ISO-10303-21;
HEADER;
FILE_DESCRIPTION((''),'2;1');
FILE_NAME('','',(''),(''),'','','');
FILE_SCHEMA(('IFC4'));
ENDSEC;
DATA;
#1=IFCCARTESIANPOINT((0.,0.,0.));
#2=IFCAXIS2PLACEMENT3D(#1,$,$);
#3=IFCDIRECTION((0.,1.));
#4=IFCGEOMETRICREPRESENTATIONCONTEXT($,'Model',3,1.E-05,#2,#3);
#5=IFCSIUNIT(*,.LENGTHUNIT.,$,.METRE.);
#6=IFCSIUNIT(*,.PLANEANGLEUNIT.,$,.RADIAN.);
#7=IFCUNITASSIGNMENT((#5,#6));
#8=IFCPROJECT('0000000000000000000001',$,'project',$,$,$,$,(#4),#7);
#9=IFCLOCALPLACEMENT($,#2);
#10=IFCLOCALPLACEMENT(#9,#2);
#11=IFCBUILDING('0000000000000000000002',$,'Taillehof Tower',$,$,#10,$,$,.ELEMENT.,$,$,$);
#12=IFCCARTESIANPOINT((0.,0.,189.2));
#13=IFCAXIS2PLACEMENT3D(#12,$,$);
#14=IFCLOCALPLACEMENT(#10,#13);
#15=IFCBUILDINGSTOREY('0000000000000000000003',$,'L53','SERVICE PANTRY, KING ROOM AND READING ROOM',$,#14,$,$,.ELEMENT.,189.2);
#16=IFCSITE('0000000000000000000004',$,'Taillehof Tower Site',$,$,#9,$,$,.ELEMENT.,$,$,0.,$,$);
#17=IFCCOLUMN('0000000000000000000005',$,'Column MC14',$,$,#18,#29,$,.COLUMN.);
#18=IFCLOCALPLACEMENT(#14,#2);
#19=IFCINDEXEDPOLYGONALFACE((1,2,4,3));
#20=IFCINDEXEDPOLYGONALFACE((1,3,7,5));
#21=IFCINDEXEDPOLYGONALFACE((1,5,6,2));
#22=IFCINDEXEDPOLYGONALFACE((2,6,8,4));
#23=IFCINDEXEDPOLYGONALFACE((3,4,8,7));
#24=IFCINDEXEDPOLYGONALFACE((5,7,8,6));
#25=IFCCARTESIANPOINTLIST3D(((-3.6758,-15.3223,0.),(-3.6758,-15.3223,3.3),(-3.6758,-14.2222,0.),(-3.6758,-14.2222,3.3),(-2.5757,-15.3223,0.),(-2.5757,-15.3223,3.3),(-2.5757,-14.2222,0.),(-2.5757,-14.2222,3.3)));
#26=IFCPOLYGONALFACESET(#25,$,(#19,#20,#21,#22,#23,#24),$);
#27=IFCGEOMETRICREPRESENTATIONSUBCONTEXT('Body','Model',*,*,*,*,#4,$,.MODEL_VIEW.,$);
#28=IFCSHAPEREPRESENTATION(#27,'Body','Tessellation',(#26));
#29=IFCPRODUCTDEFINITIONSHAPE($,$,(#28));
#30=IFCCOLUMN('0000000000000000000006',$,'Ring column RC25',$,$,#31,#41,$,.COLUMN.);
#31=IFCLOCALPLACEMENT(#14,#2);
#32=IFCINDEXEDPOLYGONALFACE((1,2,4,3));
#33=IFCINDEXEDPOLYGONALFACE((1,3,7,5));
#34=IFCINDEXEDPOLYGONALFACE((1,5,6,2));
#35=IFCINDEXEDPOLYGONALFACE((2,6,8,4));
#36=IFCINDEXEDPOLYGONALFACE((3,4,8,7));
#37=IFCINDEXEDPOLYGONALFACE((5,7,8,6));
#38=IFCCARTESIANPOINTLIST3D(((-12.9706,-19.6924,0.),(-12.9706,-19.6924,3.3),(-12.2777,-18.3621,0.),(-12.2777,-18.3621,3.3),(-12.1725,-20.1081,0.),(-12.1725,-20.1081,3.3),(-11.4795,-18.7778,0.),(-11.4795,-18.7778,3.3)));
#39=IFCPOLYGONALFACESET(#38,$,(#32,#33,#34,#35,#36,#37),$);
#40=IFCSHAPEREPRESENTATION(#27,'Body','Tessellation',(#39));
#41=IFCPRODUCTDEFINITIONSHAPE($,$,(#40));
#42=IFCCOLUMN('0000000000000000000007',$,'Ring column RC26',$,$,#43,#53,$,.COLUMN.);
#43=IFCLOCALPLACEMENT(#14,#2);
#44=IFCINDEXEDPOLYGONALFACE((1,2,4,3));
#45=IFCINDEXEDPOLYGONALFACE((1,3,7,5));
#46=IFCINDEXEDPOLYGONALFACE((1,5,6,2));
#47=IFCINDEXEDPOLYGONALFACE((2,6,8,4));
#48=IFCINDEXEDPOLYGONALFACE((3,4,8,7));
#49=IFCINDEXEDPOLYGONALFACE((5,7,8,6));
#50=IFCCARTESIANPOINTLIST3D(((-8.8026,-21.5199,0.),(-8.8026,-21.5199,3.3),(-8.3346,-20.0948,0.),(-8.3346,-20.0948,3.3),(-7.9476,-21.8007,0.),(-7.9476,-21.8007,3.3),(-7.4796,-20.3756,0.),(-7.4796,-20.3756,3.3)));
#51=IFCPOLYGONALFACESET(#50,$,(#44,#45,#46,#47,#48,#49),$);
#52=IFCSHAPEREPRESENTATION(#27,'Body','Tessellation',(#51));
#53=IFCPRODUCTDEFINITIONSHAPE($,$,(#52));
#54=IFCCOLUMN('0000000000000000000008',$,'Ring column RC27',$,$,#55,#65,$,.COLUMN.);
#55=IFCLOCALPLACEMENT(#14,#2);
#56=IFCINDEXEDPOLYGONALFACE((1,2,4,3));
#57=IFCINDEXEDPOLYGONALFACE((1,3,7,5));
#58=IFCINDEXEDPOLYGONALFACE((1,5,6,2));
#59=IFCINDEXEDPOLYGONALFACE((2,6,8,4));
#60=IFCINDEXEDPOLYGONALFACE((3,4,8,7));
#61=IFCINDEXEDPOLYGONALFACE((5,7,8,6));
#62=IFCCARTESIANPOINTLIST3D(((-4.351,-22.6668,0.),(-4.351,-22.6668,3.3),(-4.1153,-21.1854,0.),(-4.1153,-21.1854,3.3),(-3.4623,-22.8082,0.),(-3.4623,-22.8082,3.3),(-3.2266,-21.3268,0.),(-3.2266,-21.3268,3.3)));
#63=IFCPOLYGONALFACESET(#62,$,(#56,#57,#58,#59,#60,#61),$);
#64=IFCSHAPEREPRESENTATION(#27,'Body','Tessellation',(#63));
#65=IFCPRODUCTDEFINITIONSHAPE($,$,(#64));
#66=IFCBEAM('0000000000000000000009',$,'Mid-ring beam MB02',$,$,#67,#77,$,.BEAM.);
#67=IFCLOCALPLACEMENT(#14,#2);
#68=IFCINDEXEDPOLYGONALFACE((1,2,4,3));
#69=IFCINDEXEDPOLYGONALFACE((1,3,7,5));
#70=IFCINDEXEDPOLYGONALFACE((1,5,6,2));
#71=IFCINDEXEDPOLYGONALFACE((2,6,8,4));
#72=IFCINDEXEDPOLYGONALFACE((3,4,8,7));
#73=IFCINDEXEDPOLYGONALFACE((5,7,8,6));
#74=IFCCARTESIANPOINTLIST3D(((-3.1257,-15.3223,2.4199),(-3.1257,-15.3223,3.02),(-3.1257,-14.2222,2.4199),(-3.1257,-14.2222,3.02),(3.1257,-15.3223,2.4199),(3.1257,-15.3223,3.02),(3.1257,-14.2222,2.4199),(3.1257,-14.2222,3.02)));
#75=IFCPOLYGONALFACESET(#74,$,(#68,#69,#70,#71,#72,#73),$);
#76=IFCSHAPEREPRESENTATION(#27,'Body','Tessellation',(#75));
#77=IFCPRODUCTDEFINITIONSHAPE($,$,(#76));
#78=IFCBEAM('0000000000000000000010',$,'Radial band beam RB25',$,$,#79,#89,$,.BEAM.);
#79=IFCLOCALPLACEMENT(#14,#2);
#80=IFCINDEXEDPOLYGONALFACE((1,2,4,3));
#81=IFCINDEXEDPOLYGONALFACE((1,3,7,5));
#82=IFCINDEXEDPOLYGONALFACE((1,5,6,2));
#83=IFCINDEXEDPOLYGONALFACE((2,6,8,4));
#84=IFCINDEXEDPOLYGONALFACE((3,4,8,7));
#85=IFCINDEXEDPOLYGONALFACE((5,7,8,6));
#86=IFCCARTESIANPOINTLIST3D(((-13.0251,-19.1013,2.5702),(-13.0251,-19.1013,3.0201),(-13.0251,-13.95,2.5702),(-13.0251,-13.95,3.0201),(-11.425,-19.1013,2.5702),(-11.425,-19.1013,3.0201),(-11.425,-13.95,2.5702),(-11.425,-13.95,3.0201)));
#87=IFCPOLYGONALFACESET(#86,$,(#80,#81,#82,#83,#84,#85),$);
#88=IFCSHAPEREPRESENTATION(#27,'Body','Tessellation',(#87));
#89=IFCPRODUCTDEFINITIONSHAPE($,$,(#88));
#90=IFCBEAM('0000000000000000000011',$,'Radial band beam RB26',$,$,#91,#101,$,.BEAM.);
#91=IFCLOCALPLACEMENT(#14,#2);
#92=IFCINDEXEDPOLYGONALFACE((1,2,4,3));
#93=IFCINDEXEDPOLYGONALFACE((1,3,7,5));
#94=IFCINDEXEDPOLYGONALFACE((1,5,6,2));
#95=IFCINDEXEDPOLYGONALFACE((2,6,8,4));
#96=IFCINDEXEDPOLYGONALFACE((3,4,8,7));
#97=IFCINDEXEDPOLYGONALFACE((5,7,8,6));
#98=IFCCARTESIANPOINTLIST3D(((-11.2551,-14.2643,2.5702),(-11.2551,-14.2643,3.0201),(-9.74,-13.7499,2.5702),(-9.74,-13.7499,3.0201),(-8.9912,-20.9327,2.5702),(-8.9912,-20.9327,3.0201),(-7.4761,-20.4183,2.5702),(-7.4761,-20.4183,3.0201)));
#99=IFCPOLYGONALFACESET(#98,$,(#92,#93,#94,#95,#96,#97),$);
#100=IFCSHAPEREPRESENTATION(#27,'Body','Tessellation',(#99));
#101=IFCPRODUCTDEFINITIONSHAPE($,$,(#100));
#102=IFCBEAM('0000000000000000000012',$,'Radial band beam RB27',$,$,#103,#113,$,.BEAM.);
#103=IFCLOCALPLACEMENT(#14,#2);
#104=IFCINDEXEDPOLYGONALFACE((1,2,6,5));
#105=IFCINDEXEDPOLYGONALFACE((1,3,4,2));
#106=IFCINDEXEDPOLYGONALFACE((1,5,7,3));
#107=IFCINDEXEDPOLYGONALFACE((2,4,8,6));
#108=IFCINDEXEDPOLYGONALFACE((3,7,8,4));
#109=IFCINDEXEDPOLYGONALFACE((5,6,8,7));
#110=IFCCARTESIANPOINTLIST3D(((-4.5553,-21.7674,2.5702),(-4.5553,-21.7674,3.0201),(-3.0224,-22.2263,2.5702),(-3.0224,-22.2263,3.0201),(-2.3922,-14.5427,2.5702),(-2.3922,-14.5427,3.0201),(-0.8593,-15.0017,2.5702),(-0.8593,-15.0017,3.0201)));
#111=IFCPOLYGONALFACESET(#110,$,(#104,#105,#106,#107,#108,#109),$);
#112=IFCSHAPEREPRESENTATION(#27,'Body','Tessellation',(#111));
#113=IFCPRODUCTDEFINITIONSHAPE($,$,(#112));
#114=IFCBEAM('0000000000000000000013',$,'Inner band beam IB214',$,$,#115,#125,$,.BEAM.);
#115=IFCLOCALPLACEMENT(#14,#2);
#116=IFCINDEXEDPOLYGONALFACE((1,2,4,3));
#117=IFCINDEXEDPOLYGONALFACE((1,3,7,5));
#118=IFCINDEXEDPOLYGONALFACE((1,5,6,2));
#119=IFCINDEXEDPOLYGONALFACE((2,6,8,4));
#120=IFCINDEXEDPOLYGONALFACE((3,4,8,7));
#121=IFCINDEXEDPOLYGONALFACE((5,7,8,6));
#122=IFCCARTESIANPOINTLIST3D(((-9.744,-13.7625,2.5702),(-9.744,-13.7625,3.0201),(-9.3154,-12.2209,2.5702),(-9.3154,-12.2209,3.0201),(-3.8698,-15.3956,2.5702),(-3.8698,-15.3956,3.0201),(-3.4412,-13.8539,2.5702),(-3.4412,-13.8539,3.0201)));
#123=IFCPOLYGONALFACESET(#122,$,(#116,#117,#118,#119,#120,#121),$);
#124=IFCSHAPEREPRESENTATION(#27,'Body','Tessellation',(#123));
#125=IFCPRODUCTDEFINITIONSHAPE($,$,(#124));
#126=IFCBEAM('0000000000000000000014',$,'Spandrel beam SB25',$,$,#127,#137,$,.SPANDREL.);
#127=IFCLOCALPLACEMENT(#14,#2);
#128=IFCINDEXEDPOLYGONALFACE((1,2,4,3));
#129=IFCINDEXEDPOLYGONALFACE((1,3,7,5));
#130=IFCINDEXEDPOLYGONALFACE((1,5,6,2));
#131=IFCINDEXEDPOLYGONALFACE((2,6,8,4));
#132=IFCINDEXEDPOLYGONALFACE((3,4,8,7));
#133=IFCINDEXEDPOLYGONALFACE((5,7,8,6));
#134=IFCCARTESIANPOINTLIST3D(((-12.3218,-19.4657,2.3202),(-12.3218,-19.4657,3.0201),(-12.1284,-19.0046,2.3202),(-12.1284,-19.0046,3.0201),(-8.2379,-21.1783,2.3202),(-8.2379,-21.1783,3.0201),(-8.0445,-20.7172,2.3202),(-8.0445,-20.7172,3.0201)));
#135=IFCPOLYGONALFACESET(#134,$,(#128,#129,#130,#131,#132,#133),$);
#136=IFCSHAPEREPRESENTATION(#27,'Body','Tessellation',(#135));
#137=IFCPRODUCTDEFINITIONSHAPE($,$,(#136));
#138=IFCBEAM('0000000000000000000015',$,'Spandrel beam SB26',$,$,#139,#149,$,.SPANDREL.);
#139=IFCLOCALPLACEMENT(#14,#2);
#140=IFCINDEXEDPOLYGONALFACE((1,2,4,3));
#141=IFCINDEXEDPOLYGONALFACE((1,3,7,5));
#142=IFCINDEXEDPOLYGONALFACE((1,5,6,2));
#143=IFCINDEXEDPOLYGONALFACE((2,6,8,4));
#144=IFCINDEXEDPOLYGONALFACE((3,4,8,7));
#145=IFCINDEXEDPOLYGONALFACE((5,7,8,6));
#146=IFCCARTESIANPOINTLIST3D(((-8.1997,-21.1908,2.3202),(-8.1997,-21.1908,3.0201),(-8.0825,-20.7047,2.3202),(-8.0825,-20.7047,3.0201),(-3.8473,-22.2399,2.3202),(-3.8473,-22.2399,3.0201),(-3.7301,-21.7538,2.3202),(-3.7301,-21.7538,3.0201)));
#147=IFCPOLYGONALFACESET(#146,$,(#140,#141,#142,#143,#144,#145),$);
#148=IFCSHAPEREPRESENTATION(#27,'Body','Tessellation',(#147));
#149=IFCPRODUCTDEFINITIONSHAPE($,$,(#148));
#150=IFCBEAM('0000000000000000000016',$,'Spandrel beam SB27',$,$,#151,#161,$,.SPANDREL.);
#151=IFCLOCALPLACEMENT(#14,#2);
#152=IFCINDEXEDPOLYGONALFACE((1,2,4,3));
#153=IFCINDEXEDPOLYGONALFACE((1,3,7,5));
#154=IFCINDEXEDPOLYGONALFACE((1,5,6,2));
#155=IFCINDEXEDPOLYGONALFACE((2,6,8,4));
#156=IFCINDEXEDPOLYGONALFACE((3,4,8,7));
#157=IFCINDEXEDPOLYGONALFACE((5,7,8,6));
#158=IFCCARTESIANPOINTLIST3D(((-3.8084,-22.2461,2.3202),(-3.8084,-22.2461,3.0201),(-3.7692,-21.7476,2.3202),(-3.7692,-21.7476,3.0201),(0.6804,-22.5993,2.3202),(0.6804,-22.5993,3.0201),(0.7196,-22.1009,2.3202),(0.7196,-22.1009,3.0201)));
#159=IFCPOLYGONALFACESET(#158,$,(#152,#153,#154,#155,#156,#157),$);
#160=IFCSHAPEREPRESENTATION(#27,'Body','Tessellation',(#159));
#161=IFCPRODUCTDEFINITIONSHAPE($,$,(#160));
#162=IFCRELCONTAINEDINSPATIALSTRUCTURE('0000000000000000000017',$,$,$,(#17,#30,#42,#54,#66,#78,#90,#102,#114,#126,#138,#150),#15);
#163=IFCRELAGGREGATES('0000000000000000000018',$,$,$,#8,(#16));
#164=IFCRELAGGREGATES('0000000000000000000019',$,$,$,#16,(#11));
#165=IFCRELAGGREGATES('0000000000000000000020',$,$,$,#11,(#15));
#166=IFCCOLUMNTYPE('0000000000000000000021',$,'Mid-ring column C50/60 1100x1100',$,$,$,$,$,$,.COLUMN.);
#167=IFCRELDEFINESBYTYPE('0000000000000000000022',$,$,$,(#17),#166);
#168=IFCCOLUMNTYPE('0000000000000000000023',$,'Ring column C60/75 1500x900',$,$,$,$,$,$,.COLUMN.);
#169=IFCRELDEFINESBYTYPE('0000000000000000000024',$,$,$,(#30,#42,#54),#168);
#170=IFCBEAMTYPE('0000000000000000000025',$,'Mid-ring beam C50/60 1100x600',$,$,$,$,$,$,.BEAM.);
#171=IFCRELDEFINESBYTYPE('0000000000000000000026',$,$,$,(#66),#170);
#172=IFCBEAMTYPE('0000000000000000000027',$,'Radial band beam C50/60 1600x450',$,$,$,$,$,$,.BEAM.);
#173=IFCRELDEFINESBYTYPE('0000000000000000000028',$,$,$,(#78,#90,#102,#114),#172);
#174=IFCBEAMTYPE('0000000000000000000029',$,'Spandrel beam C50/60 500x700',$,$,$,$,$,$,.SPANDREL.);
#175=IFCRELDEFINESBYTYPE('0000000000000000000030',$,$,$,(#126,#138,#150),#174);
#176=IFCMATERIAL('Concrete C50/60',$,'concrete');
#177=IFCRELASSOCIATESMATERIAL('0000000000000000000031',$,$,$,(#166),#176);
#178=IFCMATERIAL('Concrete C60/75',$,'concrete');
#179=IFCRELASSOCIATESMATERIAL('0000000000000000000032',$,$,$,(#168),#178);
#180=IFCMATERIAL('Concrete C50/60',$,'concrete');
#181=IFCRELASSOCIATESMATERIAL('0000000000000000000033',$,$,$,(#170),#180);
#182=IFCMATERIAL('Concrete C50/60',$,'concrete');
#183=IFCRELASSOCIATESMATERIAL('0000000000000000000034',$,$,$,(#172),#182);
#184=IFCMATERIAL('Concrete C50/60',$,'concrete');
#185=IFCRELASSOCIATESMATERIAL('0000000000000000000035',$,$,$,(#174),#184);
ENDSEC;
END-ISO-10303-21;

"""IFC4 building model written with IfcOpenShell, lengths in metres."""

from ifc_helpers import new_model, si_unit, direction, frame, origin, origin_2d, place, context, subcontext, project, spatial, rectangle, extrude, material, material_profile, profile_set, type_object, element, save


model = new_model("IFC4")

# Units and contexts
model_context = context("Model", 3, precision=1e-05, world=origin(), true_north=direction((0.0, 1.0)))
body_context = subcontext(model_context, "Body", "Model", "MODEL_VIEW")
ifc_project = project(units=[si_unit("LENGTHUNIT", "METRE"), si_unit("PLANEANGLEUNIT", "RADIAN")], contexts=[model_context])

# Site, building, storey
site_placement = place(None, origin())
site = spatial("IfcSite", under=ifc_project, at=site_placement, Name="Taillehof Tower Site", CompositionType="ELEMENT", RefElevation=0.0)
building_placement = place(site_placement, origin())
building = spatial("IfcBuilding", under=site, at=building_placement, Name="Taillehof Tower", CompositionType="ELEMENT")
storey_placement = place(building_placement, frame((0.0, 0.0, 189.2)))
storey = spatial("IfcBuildingStorey", under=building, at=storey_placement, Name="L53", Description="SERVICE PANTRY, KING ROOM AND READING ROOM", CompositionType="ELEMENT", Elevation=189.2)

# Columns
ifc_material_1 = material(Name="Concrete C50/60", Category="concrete")
ifc_material_profile_1 = material_profile(ifc_material_1, rectangle(XDim=1.1001, YDim=1.1001, at=origin_2d()), Name="RC 1100x1100")
ifc_profile_set_1 = profile_set([ifc_material_profile_1], Name="Concrete C50/60")
column_type_1 = type_object("IfcColumnType", Name="Mid-ring column C50/60 1100x1100", PredefinedType="COLUMN", material=ifc_profile_set_1)
column_placement = place(storey_placement, frame((-3.1257, -14.7722, 0.0), z_axis=(0.0, 0.0, 1.0), x_axis=(1.0, 0.0, 0.0)))
element("IfcColumn", 1, at=column_placement, inside=storey, type_object=column_type_1, Name="Column MC14", PredefinedType="COLUMN", context=body_context, shape_type="SweptSolid", body=[
    extrude(rectangle(XDim=1.1001, YDim=1.1001, at=origin_2d()), origin(), (0.0, 0.0, 1.0), 3.3),
])
ifc_material_2 = material(Name="Concrete C60/75", Category="concrete")
ifc_material_profile_2 = material_profile(ifc_material_2, rectangle(XDim=1.5, YDim=0.8999, at=origin_2d()), Name="RC 1500x900")
ifc_profile_set_2 = profile_set([ifc_material_profile_2], Name="Concrete C60/75")
column_type_2 = type_object("IfcColumnType", Name="Ring column C60/75 1500x900", PredefinedType="COLUMN", material=ifc_profile_set_2)
for number, where, z_axis, x_axis, name in (
    (2, (-12.2251, -19.2351, 0.0), (0.0, 0.0, 1.0), (-0.461993, -0.886883, 0.0), "Ring column RC25"),
    (3, (-8.1411, -20.9478, 0.0), (0.0, 0.0, 1.0), (-0.312001, -0.950082, 0.0), "Ring column RC26"),
    (4, (-3.7888, -21.9968, 0.0), (0.0, 0.0, 1.0), (-0.157116, -0.98758, 0.0), "Ring column RC27"),
):
    element("IfcColumn", number, at=place(storey_placement, frame(where, z_axis=z_axis, x_axis=x_axis)), inside=storey, type_object=column_type_2, Name=name, PredefinedType="COLUMN", context=body_context, shape_type="SweptSolid", body=[
        extrude(rectangle(XDim=1.5, YDim=0.8999, at=origin_2d()), origin(), (0.0, 0.0, 1.0), 3.3),
    ])

# Beams
ifc_material_3 = material(Name="Concrete C50/60", Category="concrete")
ifc_material_profile_3 = material_profile(ifc_material_3, rectangle(XDim=1.1001, YDim=0.6001, at=origin_2d()), Name="RC 1100x600")
ifc_profile_set_3 = profile_set([ifc_material_profile_3], Name="Concrete C50/60")
beam_type_1 = type_object("IfcBeamType", Name="Mid-ring beam C50/60 1100x600", PredefinedType="BEAM", material=ifc_profile_set_3)
beam_1_placement = place(storey_placement, frame((-3.1257, -14.7722, 2.72), z_axis=(1.0, 0.0, 0.0), x_axis=(0.0, 1.0, 0.0)))
element("IfcBeam", 5, at=beam_1_placement, inside=storey, type_object=beam_type_1, Name="Mid-ring beam MB02", PredefinedType="BEAM", context=body_context, shape_type="SweptSolid", body=[
    extrude(rectangle(XDim=1.1001, YDim=0.6001, at=origin_2d()), origin(), (0.0, 0.0, 1.0), 6.2515),
])
ifc_material_4 = material(Name="Concrete C50/60", Category="concrete")
ifc_material_profile_4 = material_profile(ifc_material_4, rectangle(XDim=1.6001, YDim=0.45, at=origin_2d()), Name="RC 1600x450")
ifc_profile_set_4 = profile_set([ifc_material_profile_4], Name="Concrete C50/60")
beam_type_2 = type_object("IfcBeamType", Name="Radial band beam C50/60 1600x450", PredefinedType="BEAM", material=ifc_profile_set_4)
beam_2_placement = place(storey_placement, frame((-12.2251, -19.1013, 2.7952), z_axis=(0.0, 1.0, 0.0), x_axis=(-1.0, 0.0, 0.0)))
element("IfcBeam", 6, at=beam_2_placement, inside=storey, type_object=beam_type_2, Name="Radial band beam RB25", PredefinedType="BEAM", context=body_context, shape_type="SweptSolid", body=[
    extrude(rectangle(XDim=1.6001, YDim=0.45, at=origin_2d()), origin(), (0.0, 0.0, 1.0), 5.1514),
])
beam_3_placement = place(storey_placement, frame((-8.2336, -20.6755, 2.7952), z_axis=(-0.321475, 0.946918, 0.0), x_axis=(-0.946918, -0.321475, 0.0)))
element("IfcBeam", 7, at=beam_3_placement, inside=storey, type_object=beam_type_2, Name="Radial band beam RB26", PredefinedType="BEAM", context=body_context, shape_type="SweptSolid", body=[
    extrude(rectangle(XDim=1.6001, YDim=0.45, at=origin_2d()), origin(), (0.0, 0.0, 1.0), 7.0422),
])
beam_4_placement = place(storey_placement, frame((-3.7888, -21.9968, 2.7952), z_axis=(0.286825, 0.957983, 0.0), x_axis=(-0.957983, 0.286825, 0.0)))
element("IfcBeam", 8, at=beam_4_placement, inside=storey, type_object=beam_type_2, Name="Radial band beam RB27", PredefinedType="BEAM", context=body_context, shape_type="SweptSolid", body=[
    extrude(rectangle(XDim=1.6001, YDim=0.45, at=origin_2d()), origin(), (0.0, 0.0, 1.0), 7.5415),
])
beam_5_placement = place(storey_placement, frame((-3.6555, -14.6248, 2.7952), z_axis=(-0.963459, 0.267855, 0.0), x_axis=(-0.267855, -0.963459, 0.0)))
element("IfcBeam", 9, at=beam_5_placement, inside=storey, type_object=beam_type_2, Name="Inner band beam IB214", PredefinedType="BEAM", context=body_context, shape_type="SweptSolid", body=[
    extrude(rectangle(XDim=1.6001, YDim=0.45, at=origin_2d()), origin(), (0.0, 0.0, 1.0), 6.0969),
])
ifc_material_5 = material(Name="Concrete C50/60", Category="concrete")
ifc_material_profile_5 = material_profile(ifc_material_5, rectangle(XDim=0.5, YDim=0.7, at=origin_2d()), Name="RC 500x700")
ifc_profile_set_5 = profile_set([ifc_material_profile_5], Name="Concrete C50/60")
beam_type_3 = type_object("IfcBeamType", Name="Spandrel beam C50/60 500x700", PredefinedType="SPANDREL", material=ifc_profile_set_5)
beam_6_placement = place(storey_placement, frame((-12.2251, -19.2351, 2.6702), z_axis=(0.922194, -0.386728, 0.0), x_axis=(0.386728, 0.922194, 0.0)))
element("IfcBeam", 10, at=beam_6_placement, inside=storey, type_object=beam_type_3, Name="Spandrel beam SB25", PredefinedType="SPANDREL", context=body_context, shape_type="SweptSolid", body=[
    extrude(rectangle(XDim=0.5, YDim=0.7, at=origin_2d()), origin(), (0.0, 0.0, 1.0), 4.4285),
])
beam_7_placement = place(storey_placement, frame((-8.1411, -20.9478, 2.6702), z_axis=(0.972158, -0.234328, 0.0), x_axis=(0.234328, 0.972158, 0.0)))
element("IfcBeam", 11, at=beam_7_placement, inside=storey, type_object=beam_type_3, Name="Spandrel beam SB26", PredefinedType="SPANDREL", context=body_context, shape_type="SweptSolid", body=[
    extrude(rectangle(XDim=0.5, YDim=0.7, at=origin_2d()), origin(), (0.0, 0.0, 1.0), 4.4771),
])
beam_8_placement = place(storey_placement, frame((-3.7888, -21.9968, 2.6702), z_axis=(0.996917, -0.078459, 0.0), x_axis=(0.078459, 0.996917, 0.0)))
element("IfcBeam", 12, at=beam_8_placement, inside=storey, type_object=beam_type_3, Name="Spandrel beam SB27", PredefinedType="SPANDREL", context=body_context, shape_type="SweptSolid", body=[
    extrude(rectangle(XDim=0.5, YDim=0.7, at=origin_2d()), origin(), (0.0, 0.0, 1.0), 4.5027),
])

save(model, "model.ifc")
